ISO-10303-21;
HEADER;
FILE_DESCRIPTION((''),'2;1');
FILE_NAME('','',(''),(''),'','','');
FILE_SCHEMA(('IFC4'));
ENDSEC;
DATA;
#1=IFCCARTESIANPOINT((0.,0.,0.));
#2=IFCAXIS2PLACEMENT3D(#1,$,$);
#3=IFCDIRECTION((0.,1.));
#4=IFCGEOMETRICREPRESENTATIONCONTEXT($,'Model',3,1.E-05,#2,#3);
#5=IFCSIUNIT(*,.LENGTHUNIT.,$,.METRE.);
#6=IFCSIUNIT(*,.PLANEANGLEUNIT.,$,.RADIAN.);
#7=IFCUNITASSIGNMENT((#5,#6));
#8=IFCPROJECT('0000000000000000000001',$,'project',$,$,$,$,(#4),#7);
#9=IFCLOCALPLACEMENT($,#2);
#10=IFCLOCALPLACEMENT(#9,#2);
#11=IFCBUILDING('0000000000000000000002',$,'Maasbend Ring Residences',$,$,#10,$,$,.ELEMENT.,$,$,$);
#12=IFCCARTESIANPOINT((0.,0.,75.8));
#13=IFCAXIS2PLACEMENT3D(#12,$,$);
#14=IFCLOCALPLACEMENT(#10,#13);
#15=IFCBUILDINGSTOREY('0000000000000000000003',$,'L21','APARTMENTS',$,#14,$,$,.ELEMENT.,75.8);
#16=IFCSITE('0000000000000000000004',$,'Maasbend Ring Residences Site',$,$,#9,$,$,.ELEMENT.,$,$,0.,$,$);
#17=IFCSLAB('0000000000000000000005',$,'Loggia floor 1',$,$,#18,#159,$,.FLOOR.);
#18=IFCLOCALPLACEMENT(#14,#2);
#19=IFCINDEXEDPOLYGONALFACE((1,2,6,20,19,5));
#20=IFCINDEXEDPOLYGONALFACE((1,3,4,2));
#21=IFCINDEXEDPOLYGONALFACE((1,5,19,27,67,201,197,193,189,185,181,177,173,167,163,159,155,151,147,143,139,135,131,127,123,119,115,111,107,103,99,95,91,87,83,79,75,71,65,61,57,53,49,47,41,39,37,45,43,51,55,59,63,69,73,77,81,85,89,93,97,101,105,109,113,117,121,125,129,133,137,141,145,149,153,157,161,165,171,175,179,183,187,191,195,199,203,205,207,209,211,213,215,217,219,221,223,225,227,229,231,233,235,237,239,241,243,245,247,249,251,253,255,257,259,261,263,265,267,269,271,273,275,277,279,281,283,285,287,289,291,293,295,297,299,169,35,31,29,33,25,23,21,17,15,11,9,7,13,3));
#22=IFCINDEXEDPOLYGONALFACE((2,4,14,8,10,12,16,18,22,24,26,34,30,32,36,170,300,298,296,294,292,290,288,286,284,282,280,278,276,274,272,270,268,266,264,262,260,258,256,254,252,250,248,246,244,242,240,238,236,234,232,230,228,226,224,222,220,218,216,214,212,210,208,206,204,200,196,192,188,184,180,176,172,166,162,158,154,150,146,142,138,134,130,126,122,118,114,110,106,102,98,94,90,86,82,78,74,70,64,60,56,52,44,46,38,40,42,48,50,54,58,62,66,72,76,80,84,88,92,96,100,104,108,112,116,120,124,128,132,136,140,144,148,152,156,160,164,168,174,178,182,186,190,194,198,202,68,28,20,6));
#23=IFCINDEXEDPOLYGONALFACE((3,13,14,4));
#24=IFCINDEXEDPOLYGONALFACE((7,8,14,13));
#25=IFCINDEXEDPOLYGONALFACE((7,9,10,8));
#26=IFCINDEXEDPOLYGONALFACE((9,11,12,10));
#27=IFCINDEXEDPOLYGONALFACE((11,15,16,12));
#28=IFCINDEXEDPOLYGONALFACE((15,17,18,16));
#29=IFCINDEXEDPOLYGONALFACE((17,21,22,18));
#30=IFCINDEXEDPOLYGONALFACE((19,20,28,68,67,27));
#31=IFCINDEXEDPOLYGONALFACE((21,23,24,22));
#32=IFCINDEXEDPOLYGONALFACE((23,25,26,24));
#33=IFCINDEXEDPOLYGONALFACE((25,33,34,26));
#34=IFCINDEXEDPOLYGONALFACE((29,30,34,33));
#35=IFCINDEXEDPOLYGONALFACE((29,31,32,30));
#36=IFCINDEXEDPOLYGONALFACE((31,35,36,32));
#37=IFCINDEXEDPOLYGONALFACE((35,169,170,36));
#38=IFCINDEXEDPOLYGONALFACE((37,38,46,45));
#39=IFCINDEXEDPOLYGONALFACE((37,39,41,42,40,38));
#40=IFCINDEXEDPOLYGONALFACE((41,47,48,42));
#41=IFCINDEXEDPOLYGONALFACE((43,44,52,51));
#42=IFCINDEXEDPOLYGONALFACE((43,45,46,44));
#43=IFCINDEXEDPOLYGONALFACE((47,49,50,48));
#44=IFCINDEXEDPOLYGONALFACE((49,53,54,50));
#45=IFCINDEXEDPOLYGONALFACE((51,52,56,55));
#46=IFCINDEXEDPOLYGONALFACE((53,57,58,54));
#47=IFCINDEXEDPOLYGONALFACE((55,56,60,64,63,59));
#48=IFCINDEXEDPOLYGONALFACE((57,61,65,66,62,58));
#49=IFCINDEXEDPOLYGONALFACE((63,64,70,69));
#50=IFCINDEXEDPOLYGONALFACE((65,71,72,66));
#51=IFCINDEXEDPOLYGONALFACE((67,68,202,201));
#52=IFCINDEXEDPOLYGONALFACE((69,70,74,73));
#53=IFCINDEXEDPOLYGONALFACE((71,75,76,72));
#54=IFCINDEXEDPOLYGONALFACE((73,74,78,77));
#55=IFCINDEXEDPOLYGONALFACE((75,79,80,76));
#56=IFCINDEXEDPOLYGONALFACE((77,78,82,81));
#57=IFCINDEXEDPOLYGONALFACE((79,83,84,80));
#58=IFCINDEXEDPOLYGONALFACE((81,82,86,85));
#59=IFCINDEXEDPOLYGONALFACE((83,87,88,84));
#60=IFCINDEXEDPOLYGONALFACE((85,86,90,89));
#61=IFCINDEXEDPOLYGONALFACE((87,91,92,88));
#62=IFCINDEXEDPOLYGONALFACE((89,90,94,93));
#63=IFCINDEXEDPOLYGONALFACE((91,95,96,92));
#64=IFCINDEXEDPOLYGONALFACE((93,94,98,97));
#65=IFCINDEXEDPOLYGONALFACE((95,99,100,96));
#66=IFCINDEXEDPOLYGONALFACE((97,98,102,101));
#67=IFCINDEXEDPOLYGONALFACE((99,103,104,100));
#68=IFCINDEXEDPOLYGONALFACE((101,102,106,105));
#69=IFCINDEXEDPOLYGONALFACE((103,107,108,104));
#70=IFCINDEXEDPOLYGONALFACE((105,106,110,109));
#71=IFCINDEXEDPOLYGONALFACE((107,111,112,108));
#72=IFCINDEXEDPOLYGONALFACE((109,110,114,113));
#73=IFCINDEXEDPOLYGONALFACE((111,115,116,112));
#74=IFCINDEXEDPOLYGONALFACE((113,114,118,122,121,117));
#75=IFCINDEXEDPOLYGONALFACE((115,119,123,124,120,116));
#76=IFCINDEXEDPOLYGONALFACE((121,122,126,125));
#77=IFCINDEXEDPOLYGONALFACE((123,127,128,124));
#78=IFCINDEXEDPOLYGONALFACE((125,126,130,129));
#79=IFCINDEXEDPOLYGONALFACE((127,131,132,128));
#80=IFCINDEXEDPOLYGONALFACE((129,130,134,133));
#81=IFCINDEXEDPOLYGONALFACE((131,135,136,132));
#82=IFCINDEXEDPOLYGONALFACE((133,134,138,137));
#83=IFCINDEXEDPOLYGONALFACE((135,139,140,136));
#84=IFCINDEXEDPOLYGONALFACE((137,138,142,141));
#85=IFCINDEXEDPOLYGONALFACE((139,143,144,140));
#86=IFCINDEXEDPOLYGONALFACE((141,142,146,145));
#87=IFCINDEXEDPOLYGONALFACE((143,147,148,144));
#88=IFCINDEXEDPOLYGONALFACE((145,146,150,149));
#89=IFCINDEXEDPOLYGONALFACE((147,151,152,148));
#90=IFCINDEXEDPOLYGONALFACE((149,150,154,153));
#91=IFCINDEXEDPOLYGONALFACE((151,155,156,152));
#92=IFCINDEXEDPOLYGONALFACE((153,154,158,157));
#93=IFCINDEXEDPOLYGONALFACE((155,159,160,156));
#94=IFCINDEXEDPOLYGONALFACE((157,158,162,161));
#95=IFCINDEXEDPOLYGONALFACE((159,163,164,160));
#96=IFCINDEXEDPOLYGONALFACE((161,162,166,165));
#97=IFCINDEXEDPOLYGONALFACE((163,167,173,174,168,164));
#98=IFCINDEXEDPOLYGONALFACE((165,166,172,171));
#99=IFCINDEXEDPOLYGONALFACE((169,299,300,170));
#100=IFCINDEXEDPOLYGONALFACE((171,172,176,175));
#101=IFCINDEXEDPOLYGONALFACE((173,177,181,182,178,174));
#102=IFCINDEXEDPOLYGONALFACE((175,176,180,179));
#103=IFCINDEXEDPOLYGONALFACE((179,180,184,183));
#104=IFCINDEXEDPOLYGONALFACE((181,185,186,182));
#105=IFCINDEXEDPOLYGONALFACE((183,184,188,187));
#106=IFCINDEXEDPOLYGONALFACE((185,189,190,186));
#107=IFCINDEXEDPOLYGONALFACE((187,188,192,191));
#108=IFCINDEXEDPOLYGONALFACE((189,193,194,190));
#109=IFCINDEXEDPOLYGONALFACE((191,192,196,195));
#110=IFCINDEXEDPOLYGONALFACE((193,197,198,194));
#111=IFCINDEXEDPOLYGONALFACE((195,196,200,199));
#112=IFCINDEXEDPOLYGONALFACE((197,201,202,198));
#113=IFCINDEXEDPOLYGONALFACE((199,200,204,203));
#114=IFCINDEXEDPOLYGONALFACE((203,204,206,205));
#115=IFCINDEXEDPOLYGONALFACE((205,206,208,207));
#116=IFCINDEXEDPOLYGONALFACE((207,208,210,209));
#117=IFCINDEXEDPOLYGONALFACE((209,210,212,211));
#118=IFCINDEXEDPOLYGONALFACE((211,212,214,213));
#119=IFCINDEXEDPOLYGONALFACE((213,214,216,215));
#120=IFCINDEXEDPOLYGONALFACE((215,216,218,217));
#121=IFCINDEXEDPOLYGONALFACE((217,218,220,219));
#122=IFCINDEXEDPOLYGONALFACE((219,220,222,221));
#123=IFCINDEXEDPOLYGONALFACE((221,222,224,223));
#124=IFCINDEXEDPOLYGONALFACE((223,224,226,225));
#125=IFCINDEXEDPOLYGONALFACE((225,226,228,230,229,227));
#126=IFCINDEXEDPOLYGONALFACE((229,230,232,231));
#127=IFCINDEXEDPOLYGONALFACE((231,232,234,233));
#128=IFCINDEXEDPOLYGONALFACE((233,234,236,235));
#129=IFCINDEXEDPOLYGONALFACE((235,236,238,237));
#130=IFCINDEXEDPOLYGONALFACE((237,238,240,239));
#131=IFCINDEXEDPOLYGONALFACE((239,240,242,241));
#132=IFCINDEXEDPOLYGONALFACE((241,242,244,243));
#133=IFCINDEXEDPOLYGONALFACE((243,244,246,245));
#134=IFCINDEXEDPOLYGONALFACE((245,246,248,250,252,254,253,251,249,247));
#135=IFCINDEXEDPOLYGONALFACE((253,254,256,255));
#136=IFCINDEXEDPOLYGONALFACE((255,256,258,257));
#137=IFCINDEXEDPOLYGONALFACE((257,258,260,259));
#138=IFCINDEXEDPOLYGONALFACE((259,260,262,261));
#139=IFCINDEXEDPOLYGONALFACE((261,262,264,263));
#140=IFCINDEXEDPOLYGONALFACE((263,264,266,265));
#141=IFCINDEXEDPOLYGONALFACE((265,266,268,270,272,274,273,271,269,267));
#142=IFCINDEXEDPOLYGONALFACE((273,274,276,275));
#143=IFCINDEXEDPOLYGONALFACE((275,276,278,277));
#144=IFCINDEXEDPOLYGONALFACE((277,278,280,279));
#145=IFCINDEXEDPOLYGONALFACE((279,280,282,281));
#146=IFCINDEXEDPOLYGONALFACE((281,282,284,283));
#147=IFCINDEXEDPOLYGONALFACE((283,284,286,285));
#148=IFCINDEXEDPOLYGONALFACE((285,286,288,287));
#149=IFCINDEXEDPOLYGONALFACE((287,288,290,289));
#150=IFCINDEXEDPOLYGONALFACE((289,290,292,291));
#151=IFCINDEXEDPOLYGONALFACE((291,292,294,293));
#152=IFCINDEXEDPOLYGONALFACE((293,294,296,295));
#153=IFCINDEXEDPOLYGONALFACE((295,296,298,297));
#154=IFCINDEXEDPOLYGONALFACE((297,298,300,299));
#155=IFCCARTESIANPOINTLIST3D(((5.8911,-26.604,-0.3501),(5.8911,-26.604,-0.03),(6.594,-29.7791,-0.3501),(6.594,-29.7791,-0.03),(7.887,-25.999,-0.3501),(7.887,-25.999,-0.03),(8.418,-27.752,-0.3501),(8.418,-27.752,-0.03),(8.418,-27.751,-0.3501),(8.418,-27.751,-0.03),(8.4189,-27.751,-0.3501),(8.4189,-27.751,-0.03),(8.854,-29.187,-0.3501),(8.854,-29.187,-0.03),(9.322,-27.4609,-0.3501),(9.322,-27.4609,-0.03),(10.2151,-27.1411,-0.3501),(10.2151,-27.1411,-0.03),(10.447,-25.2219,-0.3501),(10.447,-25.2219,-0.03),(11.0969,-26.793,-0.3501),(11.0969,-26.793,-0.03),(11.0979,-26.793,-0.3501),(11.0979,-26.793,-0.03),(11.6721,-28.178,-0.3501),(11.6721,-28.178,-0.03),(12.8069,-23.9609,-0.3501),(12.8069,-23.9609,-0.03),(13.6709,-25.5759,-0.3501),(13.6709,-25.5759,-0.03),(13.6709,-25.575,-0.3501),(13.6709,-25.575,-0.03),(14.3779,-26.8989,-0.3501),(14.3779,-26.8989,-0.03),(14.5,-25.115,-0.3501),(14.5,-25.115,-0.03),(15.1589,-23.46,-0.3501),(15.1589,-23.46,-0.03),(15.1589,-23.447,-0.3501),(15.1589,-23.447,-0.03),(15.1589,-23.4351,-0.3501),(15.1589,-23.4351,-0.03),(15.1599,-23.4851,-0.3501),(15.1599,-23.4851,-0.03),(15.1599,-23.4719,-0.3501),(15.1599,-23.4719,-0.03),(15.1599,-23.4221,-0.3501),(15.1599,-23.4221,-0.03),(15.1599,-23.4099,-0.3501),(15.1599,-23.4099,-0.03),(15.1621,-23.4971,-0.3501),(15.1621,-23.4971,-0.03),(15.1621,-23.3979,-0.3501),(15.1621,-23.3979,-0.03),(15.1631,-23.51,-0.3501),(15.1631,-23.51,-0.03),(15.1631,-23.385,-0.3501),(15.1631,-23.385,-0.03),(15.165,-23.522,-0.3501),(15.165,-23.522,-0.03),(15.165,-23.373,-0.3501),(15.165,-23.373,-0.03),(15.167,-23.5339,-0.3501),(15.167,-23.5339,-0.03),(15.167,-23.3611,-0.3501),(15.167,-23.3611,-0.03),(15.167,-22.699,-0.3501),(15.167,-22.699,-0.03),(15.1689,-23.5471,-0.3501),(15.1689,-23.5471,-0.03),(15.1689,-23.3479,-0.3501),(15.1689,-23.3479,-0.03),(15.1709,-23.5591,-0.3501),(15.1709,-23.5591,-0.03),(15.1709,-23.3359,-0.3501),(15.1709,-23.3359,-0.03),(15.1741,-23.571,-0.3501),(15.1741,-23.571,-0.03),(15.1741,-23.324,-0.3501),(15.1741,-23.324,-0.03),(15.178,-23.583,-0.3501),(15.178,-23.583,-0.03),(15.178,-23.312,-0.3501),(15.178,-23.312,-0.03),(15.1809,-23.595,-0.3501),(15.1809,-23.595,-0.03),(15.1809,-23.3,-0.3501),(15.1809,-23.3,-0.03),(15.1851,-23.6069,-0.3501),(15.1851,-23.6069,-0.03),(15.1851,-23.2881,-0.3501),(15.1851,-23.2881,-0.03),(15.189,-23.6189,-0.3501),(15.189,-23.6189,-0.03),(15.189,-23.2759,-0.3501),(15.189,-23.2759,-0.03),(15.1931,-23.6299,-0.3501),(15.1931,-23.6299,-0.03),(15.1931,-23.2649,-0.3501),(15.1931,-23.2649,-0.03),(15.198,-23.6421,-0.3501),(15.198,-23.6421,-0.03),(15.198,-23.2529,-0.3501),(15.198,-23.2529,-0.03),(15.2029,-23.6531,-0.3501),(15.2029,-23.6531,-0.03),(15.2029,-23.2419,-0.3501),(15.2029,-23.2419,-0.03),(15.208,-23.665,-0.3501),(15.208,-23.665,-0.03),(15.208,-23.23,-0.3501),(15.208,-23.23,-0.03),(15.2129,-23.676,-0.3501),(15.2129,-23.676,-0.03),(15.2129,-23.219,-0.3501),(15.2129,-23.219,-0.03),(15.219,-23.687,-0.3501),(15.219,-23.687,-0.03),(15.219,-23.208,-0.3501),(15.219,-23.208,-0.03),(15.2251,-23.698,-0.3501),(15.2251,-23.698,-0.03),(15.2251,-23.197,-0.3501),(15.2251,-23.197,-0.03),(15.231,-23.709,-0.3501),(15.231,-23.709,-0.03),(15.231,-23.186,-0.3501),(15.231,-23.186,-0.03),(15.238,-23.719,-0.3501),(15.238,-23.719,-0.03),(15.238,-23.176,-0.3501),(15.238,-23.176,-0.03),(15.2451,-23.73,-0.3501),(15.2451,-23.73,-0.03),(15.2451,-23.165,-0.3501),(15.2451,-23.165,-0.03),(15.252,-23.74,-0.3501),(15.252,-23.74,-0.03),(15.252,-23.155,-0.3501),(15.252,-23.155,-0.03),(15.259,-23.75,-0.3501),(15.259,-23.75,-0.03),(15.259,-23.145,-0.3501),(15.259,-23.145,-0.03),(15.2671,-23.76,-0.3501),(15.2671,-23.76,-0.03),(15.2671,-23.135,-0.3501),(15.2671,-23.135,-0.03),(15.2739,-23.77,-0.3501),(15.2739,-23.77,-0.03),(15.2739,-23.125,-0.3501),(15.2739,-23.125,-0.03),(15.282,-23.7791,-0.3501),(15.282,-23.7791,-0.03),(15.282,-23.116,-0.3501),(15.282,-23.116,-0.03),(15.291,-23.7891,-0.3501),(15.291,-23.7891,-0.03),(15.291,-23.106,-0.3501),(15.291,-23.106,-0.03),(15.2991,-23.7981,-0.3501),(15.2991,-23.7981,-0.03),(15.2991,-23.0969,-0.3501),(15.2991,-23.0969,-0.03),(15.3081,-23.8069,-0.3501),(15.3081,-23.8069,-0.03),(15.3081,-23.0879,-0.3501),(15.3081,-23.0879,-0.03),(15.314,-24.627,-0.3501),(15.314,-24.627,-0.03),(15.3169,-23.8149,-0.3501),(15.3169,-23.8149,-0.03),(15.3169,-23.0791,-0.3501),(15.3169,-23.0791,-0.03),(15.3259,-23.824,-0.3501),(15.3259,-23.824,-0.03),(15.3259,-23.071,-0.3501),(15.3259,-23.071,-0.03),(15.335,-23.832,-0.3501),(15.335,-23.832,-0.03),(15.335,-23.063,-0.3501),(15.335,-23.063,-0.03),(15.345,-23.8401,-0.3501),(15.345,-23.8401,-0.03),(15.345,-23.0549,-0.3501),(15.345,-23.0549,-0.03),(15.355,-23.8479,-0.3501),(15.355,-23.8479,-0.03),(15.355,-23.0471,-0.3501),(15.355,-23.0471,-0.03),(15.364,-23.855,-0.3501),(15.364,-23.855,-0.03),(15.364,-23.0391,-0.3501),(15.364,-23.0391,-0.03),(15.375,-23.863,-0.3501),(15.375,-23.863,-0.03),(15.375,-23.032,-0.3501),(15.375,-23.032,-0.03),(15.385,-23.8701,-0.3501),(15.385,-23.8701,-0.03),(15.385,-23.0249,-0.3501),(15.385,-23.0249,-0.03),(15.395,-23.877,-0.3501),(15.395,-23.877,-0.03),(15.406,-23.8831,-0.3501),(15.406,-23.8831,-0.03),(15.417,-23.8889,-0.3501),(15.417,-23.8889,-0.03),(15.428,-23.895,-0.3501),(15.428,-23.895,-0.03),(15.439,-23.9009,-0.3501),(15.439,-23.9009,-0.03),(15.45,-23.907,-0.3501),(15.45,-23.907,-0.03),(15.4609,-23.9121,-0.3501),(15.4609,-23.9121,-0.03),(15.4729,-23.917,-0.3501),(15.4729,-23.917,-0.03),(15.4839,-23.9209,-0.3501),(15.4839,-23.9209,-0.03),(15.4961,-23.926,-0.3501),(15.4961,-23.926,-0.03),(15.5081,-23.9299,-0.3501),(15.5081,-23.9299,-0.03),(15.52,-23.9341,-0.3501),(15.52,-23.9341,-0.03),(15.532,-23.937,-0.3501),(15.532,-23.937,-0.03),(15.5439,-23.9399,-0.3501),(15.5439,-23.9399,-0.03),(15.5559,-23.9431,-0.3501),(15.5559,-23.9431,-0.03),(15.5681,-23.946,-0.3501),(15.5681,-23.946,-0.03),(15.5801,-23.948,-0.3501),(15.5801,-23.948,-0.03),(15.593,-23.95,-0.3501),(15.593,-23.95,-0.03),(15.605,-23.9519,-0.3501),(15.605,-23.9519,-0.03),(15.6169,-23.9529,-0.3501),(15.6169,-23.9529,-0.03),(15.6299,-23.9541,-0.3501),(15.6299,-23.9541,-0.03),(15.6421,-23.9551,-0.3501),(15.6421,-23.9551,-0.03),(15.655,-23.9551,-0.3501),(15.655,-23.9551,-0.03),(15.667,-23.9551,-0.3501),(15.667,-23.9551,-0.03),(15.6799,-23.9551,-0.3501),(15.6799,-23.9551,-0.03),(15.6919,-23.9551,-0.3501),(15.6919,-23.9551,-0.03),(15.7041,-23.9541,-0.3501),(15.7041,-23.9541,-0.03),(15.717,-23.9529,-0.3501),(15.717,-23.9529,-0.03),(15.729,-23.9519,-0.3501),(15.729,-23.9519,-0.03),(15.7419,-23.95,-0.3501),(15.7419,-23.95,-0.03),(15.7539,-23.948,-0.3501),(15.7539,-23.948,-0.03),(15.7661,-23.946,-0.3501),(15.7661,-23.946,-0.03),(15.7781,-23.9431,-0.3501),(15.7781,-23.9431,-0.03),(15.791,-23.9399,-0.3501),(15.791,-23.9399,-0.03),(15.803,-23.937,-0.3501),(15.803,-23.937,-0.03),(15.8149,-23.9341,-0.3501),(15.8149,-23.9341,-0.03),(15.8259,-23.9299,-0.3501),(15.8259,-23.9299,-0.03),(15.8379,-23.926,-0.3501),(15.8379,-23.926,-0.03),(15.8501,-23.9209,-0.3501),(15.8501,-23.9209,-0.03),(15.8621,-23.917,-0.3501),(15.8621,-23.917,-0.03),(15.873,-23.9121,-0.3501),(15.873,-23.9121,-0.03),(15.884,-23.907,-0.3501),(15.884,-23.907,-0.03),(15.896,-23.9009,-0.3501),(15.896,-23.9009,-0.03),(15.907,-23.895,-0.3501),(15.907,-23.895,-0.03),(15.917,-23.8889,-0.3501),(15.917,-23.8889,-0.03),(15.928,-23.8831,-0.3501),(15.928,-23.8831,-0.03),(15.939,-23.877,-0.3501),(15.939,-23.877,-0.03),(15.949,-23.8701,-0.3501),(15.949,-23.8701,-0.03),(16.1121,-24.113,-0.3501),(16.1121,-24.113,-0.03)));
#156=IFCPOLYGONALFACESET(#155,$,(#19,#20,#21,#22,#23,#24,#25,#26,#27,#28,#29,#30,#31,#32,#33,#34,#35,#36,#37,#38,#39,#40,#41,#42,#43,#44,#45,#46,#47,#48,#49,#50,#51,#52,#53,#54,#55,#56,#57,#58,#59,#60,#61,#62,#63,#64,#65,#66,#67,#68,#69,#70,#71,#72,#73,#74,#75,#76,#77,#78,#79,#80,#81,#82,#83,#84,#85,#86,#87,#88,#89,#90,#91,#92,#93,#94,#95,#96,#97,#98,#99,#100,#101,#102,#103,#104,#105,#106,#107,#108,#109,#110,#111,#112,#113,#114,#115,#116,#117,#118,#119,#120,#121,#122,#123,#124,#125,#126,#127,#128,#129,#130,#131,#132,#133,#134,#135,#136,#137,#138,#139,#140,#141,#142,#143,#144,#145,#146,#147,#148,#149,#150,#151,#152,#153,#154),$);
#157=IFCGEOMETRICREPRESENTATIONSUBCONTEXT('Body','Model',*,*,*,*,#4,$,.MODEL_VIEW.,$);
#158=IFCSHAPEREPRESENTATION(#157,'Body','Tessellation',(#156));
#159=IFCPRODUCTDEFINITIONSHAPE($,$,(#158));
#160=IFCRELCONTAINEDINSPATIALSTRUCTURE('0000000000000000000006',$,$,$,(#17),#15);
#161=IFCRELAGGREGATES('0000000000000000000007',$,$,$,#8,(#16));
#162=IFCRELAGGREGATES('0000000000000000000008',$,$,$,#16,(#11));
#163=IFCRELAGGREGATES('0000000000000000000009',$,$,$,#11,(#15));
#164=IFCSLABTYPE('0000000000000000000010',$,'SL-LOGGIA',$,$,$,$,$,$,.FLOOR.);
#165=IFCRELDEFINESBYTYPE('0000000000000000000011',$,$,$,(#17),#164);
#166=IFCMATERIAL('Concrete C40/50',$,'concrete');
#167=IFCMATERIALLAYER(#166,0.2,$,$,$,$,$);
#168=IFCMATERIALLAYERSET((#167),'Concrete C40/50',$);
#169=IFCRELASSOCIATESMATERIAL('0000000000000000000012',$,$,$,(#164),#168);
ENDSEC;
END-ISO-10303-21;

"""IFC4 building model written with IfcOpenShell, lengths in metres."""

from ifc_helpers import new_model, si_unit, direction, frame, origin, place, context, subcontext, project, spatial, polyline, outline, extrude, material, layer, layer_set, type_object, element, save


model = new_model("IFC4")

# Units and contexts
model_context = context("Model", 3, precision=1e-05, world=origin(), true_north=direction((0.0, 1.0)))
body_context = subcontext(model_context, "Body", "Model", "MODEL_VIEW")
ifc_project = project(units=[si_unit("LENGTHUNIT", "METRE"), si_unit("PLANEANGLEUNIT", "RADIAN")], contexts=[model_context])

# Site, building, storey
site_placement = place(None, origin())
site = spatial("IfcSite", under=ifc_project, at=site_placement, Name="Maasbend Ring Residences Site", CompositionType="ELEMENT", RefElevation=0.0)
building_placement = place(site_placement, origin())
building = spatial("IfcBuilding", under=site, at=building_placement, Name="Maasbend Ring Residences", CompositionType="ELEMENT")
storey_placement = place(building_placement, frame((0.0, 0.0, 75.8)))
storey = spatial("IfcBuildingStorey", under=building, at=storey_placement, Name="L21", Description="APARTMENTS", CompositionType="ELEMENT", Elevation=75.8)

# Slab
ifc_material_1 = material(Name="Concrete C40/50", Category="concrete")
ifc_layer_1 = layer(ifc_material_1, 0.2)
ifc_layer_set_1 = layer_set([ifc_layer_1], Name="Concrete C40/50")
slab_type = type_object("IfcSlabType", Name="SL-LOGGIA", PredefinedType="FLOOR", material=ifc_layer_set_1)
slab_1_placement = place(storey_placement, frame((0.0, 0.0, -0.3501)))
element("IfcSlab", 1, at=slab_1_placement, inside=storey, type_object=slab_type, Name="Loggia floor 1", PredefinedType="FLOOR", context=body_context, shape_type="SweptSolid", body=[
    extrude(outline(polyline([(10.447, -25.2219), (12.8069, -23.9609), (15.167, -22.699), (15.167, -22.699), (15.167, -22.699), (15.385, -23.0249), (15.375, -23.032), (15.364, -23.0391), (15.355, -23.0471), (15.345, -23.0549), (15.335, -23.063), (15.3259, -23.071), (15.3169, -23.0791), (15.3081, -23.0879), (15.2991, -23.0969), (15.291, -23.106), (15.282, -23.116), (15.2739, -23.125), (15.2671, -23.135), (15.259, -23.145), (15.252, -23.155), (15.2451, -23.165), (15.238, -23.176), (15.231, -23.186), (15.2251, -23.197), (15.219, -23.208), (15.2129, -23.219), (15.208, -23.23), (15.2029, -23.2419), (15.198, -23.2529), (15.1931, -23.2649), (15.189, -23.2759), (15.1851, -23.2881), (15.1809, -23.3), (15.178, -23.312), (15.1741, -23.324), (15.1709, -23.3359), (15.1689, -23.3479), (15.167, -23.3611), (15.165, -23.373), (15.1631, -23.385), (15.1621, -23.3979), (15.1599, -23.4099), (15.1599, -23.4221), (15.1589, -23.4351), (15.1589, -23.447), (15.1589, -23.46), (15.1599, -23.4719), (15.1599, -23.4851), (15.1621, -23.4971), (15.1631, -23.51), (15.165, -23.522), (15.167, -23.5339), (15.1689, -23.5471), (15.1709, -23.5591), (15.1741, -23.571), (15.178, -23.583), (15.1809, -23.595), (15.1851, -23.6069), (15.189, -23.6189), (15.1931, -23.6299), (15.198, -23.6421), (15.2029, -23.6531), (15.208, -23.665), (15.2129, -23.676), (15.219, -23.687), (15.2251, -23.698), (15.231, -23.709), (15.238, -23.719), (15.2451, -23.73), (15.252, -23.74), (15.259, -23.75), (15.2671, -23.76), (15.2739, -23.77), (15.282, -23.7791), (15.291, -23.7891), (15.2991, -23.7981), (15.3081, -23.8069), (15.3169, -23.8149), (15.3259, -23.824), (15.335, -23.832), (15.345, -23.8401), (15.355, -23.8479), (15.364, -23.855), (15.375, -23.863), (15.385, -23.8701), (15.395, -23.877), (15.406, -23.8831), (15.417, -23.8889), (15.428, -23.895), (15.439, -23.9009), (15.45, -23.907), (15.4609, -23.9121), (15.4729, -23.917), (15.4839, -23.9209), (15.4961, -23.926), (15.5081, -23.9299), (15.52, -23.9341), (15.532, -23.937), (15.5439, -23.9399), (15.5559, -23.9431), (15.5681, -23.946), (15.5801, -23.948), (15.593, -23.95), (15.605, -23.9519), (15.6169, -23.9529), (15.6299, -23.9541), (15.6421, -23.9551), (15.655, -23.9551), (15.667, -23.9551), (15.6799, -23.9551), (15.6919, -23.9551), (15.7041, -23.9541), (15.717, -23.9529), (15.729, -23.9519), (15.7419, -23.95), (15.7539, -23.948), (15.7661, -23.946), (15.7781, -23.9431), (15.791, -23.9399), (15.803, -23.937), (15.8149, -23.9341), (15.8259, -23.9299), (15.8379, -23.926), (15.8501, -23.9209), (15.8621, -23.917), (15.873, -23.9121), (15.884, -23.907), (15.896, -23.9009), (15.907, -23.895), (15.917, -23.8889), (15.928, -23.8831), (15.939, -23.877), (15.949, -23.8701), (16.1121, -24.113), (16.1121, -24.113), (16.1121, -24.113), (15.314, -24.627), (15.314, -24.627), (14.5, -25.115), (14.5, -25.115), (13.6709, -25.575), (13.6709, -25.5759), (13.6709, -25.5759), (13.6709, -25.5759), (13.6709, -25.5759), (13.6709, -25.5759), (13.6709, -25.5759), (13.6709, -25.5759), (13.6709, -25.5759), (13.6709, -25.5759), (13.6709, -25.5759), (13.6709, -25.5759), (13.6709, -25.5759), (13.6709, -25.5759), (13.6709, -25.5759), (13.6709, -25.5759), (13.6709, -25.5759), (14.3779, -26.8989), (14.3779, -26.8989), (14.3779, -26.8989), (11.6721, -28.178), (11.6721, -28.178), (11.6721, -28.178), (11.0979, -26.793), (11.0979, -26.793), (11.0979, -26.793), (11.0979, -26.793), (11.0979, -26.793), (11.0979, -26.793), (11.0979, -26.793), (11.0979, -26.793), (11.0979, -26.793), (11.0979, -26.793), (11.0979, -26.793), (11.0979, -26.793), (11.0979, -26.793), (11.0979, -26.793), (11.0969, -26.793), (11.0969, -26.793), (11.0969, -26.793), (10.2151, -27.1411), (10.2151, -27.1411), (9.322, -27.4609), (9.322, -27.4609), (8.4189, -27.751), (8.4189, -27.751), (8.4189, -27.751), (8.4189, -27.751), (8.4189, -27.751), (8.4189, -27.751), (8.418, -27.751), (8.418, -27.751), (8.418, -27.751), (8.418, -27.751), (8.418, -27.751), (8.418, -27.752), (8.418, -27.752), (8.418, -27.752), (8.418, -27.752), (8.418, -27.752), (8.418, -27.752), (8.854, -29.187), (8.854, -29.187), (8.854, -29.187), (6.594, -29.7791), (6.594, -29.7791), (6.594, -29.7791), (5.8911, -26.604), (5.8911, -26.604), (5.8911, -26.604), (7.887, -25.999), (10.447, -25.2219), (10.447, -25.2219), (10.447, -25.2219)])), origin(), (0.0, 0.0, 1.0), 0.3201),
])

save(model, "model.ifc")
